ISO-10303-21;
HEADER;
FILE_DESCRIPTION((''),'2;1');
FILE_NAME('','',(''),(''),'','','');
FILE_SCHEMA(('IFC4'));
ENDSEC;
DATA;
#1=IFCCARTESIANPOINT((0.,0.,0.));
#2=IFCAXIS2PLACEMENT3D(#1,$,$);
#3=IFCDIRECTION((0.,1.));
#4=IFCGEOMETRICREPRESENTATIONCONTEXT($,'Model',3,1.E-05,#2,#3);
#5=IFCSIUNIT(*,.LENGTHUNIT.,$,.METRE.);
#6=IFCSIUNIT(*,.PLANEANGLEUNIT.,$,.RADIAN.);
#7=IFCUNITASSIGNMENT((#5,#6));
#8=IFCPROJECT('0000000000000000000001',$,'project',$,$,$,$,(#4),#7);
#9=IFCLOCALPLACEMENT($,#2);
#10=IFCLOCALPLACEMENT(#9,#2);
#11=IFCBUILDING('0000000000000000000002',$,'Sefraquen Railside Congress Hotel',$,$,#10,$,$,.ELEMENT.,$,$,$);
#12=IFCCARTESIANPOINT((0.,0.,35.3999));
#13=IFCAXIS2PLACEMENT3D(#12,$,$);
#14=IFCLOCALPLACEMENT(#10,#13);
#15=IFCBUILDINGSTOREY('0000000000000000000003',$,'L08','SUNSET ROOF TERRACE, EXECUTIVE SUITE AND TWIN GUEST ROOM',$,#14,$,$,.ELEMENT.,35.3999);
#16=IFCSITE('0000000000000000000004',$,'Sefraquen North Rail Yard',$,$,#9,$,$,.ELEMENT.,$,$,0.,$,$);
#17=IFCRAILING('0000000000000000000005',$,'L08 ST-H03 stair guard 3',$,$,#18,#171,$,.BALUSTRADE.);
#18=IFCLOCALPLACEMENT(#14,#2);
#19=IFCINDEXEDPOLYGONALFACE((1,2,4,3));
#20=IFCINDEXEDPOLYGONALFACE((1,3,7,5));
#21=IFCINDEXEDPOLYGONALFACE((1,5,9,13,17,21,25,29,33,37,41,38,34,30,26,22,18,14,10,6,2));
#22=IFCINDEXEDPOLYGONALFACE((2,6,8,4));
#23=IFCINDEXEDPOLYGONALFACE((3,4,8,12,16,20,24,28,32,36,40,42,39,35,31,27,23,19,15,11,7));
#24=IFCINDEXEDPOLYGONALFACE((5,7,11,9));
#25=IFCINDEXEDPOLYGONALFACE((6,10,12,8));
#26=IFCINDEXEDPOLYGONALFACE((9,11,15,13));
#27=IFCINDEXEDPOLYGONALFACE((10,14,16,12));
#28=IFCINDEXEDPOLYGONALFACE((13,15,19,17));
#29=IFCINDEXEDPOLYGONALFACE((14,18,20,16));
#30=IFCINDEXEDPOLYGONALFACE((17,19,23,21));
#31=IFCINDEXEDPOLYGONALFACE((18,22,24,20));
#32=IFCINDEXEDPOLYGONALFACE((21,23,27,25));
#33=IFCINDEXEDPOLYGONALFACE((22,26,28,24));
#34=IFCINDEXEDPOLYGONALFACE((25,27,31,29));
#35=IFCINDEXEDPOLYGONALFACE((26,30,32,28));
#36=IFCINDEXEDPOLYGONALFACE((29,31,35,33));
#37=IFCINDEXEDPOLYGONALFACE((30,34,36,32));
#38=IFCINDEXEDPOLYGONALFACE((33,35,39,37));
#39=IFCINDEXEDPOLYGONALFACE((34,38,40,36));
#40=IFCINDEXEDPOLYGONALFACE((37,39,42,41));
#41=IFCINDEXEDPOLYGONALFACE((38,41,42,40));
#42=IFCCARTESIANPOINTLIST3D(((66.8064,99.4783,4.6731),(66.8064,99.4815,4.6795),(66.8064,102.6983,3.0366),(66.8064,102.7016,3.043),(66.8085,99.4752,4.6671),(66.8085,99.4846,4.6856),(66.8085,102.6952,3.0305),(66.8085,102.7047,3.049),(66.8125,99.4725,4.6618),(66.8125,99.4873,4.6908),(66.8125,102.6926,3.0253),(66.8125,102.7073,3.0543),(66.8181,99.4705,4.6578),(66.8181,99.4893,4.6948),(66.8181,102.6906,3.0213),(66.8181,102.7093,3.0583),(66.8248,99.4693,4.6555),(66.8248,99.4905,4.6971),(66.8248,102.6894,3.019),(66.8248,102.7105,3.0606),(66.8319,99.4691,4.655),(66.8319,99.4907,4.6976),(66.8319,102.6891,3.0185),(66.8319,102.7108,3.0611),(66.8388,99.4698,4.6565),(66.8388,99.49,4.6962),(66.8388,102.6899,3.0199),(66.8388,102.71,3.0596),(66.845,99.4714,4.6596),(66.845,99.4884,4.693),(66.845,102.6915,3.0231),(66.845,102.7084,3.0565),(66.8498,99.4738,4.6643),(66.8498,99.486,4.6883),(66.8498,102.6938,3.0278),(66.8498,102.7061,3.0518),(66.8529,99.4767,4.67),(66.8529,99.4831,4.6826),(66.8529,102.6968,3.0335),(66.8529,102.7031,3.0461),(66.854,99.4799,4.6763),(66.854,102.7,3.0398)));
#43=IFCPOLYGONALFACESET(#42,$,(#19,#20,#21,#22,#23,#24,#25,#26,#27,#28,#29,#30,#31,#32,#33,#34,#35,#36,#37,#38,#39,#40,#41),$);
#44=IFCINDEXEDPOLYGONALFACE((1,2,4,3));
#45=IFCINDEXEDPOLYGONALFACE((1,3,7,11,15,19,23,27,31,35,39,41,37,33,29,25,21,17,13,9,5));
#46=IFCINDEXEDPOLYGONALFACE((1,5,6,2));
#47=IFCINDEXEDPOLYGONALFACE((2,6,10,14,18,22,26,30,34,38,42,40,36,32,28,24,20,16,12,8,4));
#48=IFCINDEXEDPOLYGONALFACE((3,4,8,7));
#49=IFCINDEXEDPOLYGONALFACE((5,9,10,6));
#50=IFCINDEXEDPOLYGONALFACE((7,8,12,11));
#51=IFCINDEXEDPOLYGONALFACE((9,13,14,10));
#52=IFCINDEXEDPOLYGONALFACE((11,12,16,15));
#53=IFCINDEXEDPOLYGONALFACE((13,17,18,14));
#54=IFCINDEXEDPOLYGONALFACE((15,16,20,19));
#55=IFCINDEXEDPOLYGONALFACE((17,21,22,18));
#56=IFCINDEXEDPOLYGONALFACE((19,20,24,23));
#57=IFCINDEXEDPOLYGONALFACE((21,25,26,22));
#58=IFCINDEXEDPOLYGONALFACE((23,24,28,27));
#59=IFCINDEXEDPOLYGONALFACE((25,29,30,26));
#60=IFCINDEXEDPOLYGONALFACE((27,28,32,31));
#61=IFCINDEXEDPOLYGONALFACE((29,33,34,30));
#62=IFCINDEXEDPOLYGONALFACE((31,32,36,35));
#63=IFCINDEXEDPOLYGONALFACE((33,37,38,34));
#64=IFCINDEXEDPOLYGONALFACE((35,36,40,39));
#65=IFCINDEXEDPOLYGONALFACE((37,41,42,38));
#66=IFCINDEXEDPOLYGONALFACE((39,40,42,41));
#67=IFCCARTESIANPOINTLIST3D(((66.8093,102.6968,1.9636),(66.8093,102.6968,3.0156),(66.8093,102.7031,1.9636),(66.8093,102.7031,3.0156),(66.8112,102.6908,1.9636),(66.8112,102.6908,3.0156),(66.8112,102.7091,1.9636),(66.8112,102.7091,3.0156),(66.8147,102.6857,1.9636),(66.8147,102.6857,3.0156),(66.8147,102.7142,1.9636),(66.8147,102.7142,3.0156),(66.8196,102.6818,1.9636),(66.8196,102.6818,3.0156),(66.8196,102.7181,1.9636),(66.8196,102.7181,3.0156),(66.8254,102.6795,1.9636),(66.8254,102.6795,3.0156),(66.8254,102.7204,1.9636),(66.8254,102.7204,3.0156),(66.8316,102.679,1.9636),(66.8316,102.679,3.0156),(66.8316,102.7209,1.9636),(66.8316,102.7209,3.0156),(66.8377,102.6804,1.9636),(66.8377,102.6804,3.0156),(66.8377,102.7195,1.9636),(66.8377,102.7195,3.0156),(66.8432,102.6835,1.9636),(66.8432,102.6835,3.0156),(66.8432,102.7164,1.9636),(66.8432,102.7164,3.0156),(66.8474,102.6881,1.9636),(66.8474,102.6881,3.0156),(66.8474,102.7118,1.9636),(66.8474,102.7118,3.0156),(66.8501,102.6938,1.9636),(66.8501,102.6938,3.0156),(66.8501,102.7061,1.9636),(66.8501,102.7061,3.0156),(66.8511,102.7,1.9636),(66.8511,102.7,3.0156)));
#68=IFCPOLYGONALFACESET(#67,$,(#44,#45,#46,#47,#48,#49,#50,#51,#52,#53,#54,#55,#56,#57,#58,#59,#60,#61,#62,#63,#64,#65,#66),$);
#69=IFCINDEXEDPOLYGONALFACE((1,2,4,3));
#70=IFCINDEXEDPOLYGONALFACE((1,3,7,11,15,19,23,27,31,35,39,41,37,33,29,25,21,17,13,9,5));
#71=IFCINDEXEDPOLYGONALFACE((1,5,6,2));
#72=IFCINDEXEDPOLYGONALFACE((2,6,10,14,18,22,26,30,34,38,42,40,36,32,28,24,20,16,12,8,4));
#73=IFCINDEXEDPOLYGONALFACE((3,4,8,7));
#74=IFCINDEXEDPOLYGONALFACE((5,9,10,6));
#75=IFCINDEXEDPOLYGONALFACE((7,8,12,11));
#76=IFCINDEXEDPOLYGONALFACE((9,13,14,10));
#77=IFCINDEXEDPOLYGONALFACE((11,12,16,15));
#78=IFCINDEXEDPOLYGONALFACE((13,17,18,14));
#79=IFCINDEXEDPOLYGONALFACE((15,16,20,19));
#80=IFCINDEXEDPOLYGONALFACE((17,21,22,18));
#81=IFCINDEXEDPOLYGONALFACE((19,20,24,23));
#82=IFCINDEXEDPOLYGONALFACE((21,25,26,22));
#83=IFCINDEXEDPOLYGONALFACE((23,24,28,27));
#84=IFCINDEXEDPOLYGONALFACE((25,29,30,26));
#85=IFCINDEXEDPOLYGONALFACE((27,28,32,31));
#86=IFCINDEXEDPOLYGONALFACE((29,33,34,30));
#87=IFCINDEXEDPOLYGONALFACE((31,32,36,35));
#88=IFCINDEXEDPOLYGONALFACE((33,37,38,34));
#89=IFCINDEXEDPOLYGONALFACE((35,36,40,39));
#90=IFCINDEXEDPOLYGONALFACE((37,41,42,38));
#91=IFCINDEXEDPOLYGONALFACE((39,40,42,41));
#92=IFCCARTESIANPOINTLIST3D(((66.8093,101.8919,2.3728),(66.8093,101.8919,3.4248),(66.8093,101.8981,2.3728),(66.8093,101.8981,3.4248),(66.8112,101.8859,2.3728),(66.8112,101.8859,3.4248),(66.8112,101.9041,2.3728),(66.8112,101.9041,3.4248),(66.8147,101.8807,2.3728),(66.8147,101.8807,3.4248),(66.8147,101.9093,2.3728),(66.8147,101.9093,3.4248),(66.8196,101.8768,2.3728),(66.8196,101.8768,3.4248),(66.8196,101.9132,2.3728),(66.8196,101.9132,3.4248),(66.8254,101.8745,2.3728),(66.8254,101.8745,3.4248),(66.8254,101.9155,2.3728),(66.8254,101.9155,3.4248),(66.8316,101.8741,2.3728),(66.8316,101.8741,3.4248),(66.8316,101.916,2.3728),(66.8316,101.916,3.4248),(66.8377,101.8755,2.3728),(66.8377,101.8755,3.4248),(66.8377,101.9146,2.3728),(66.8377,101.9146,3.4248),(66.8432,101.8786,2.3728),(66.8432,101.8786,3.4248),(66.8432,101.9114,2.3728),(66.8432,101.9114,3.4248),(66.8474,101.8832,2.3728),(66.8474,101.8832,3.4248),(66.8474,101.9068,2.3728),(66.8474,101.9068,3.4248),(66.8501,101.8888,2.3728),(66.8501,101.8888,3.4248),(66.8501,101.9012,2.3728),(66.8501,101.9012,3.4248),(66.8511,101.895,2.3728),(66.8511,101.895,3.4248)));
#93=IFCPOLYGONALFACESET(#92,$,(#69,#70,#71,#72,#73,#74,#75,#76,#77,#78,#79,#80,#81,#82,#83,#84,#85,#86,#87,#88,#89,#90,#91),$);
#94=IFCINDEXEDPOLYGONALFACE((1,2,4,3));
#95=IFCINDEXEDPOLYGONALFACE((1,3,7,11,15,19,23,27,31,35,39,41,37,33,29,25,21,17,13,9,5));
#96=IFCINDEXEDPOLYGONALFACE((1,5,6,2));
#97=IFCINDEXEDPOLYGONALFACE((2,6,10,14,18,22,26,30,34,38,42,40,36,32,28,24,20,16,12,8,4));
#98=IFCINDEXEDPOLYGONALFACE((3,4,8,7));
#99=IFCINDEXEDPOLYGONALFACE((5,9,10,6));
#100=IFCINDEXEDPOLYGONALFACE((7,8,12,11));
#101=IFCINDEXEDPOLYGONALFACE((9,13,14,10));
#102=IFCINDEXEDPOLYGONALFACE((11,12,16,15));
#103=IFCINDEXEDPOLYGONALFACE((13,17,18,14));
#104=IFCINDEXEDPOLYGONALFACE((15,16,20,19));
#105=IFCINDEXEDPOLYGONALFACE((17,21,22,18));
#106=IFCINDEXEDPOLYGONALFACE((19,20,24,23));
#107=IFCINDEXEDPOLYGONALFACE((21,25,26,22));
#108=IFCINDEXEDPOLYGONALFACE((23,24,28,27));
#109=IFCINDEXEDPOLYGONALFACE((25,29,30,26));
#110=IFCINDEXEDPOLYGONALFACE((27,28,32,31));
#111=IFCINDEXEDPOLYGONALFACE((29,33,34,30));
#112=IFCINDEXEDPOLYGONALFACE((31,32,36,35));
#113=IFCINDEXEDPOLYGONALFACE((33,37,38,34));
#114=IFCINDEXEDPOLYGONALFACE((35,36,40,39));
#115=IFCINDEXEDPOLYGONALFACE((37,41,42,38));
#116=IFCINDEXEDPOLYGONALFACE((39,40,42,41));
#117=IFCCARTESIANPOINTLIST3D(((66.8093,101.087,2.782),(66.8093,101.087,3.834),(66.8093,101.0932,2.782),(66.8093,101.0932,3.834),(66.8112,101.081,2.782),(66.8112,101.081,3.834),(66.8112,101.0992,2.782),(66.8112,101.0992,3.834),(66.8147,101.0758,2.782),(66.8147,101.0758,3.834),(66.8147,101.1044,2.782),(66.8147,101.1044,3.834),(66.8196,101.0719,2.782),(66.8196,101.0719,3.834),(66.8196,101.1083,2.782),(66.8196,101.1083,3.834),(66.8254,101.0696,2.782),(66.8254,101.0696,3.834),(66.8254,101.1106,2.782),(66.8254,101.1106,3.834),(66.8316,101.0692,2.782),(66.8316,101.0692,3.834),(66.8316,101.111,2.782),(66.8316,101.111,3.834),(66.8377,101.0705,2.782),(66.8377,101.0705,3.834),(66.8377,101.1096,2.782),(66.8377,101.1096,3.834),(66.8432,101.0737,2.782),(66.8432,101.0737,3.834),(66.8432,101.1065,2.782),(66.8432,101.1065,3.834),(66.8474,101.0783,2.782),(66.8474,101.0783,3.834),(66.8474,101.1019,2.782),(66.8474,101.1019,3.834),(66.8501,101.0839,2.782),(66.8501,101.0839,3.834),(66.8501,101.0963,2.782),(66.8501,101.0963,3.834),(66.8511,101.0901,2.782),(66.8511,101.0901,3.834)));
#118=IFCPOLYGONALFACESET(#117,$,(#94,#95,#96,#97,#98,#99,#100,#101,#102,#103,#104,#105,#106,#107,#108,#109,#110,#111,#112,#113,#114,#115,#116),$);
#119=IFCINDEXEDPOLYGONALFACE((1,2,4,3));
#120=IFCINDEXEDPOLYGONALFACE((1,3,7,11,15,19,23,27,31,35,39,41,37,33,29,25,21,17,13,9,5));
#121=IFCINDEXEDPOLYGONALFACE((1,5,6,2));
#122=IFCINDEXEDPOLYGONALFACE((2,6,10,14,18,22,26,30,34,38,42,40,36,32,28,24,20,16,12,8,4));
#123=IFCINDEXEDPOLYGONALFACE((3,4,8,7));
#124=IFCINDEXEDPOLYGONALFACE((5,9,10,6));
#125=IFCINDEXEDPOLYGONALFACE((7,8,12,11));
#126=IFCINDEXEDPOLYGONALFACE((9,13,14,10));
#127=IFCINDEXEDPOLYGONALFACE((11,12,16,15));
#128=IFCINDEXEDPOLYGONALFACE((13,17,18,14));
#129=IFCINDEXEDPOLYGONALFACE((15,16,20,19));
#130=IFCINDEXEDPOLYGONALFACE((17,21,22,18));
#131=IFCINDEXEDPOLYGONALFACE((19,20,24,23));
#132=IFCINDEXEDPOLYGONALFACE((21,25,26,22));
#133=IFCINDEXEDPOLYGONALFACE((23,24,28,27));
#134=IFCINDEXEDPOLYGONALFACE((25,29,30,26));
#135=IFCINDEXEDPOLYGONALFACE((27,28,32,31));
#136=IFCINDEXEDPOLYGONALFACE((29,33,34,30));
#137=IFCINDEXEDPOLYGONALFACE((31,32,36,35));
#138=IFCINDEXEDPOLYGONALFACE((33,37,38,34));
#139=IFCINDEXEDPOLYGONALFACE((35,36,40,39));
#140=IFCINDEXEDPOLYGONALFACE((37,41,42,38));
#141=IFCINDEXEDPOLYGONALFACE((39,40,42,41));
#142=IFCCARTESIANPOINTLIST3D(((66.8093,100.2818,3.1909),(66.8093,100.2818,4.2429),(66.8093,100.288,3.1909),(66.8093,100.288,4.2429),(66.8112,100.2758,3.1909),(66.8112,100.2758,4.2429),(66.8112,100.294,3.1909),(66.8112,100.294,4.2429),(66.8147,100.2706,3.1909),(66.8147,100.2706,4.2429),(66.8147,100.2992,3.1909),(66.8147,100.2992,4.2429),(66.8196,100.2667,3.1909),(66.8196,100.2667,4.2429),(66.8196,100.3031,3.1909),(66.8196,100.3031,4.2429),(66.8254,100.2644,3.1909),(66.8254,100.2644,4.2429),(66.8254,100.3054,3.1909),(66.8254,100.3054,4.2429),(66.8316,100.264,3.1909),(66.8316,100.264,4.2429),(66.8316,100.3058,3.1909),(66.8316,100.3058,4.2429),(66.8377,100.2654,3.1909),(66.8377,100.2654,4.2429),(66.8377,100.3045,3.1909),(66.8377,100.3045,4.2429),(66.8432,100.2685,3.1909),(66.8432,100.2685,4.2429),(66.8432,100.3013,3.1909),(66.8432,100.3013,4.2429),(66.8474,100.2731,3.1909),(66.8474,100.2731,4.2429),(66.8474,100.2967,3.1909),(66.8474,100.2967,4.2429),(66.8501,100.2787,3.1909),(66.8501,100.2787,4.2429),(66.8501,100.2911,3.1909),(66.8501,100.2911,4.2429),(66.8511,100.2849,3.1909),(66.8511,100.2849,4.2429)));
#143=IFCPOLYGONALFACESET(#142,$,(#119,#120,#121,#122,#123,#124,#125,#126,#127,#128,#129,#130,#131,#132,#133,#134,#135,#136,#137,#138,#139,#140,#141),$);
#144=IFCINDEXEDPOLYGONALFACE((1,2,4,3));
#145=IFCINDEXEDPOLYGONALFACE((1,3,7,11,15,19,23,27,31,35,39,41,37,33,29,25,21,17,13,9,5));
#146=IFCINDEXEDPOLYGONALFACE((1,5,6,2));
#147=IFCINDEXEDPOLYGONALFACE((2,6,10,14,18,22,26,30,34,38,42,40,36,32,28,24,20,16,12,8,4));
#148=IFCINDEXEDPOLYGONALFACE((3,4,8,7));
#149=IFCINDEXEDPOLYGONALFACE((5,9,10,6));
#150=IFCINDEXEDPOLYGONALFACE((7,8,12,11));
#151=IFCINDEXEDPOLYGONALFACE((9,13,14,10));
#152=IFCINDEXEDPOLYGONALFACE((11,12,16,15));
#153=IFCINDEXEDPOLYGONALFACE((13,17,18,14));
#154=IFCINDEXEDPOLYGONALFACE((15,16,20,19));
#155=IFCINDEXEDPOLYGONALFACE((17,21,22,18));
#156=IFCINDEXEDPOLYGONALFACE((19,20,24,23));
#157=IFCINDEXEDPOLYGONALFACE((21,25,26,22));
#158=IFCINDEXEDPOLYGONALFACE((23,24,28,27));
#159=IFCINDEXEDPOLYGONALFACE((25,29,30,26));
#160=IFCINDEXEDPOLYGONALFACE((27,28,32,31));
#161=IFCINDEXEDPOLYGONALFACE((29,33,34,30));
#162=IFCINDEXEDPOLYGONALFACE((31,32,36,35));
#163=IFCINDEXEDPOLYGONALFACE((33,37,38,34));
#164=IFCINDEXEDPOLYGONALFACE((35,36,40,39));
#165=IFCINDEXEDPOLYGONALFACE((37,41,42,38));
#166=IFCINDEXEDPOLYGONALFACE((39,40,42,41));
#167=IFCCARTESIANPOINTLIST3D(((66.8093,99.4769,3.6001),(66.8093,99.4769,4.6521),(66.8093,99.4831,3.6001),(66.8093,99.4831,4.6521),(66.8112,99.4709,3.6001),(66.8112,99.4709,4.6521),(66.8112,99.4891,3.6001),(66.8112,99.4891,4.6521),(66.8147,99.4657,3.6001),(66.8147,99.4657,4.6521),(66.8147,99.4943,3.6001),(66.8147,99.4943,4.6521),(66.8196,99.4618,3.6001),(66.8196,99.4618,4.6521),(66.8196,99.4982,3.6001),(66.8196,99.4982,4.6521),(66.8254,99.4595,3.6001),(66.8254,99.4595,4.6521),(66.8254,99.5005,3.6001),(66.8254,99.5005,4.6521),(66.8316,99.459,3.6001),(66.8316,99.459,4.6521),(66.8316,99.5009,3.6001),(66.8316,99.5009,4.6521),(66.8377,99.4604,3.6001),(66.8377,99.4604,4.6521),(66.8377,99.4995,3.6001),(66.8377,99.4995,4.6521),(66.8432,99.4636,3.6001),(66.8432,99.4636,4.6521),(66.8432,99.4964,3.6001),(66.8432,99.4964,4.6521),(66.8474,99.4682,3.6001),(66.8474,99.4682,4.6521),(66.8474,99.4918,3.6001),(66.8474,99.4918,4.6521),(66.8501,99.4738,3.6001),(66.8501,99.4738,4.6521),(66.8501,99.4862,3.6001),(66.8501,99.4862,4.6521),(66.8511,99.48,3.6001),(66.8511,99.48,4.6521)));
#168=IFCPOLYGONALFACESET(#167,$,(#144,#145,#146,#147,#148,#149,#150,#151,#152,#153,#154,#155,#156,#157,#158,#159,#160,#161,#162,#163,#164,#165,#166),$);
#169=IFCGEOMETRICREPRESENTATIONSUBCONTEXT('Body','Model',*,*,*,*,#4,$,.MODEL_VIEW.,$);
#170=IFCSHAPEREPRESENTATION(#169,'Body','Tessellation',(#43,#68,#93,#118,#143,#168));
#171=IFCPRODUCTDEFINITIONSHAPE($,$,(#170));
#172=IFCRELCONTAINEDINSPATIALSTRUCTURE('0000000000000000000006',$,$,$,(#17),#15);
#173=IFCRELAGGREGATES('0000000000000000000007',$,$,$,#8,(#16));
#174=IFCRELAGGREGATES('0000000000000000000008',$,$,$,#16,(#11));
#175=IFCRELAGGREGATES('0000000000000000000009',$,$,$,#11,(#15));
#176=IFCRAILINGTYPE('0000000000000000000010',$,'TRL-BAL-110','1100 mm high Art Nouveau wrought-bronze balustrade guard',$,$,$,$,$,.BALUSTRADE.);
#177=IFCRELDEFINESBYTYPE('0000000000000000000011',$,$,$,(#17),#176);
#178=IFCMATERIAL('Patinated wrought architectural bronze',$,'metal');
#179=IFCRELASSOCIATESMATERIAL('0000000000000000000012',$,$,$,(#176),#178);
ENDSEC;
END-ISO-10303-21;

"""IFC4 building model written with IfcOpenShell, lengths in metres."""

from ifc_helpers import new_model, si_unit, direction, frame, origin, origin_2d, place, context, subcontext, project, spatial, circle, extrude, material, type_object, element, save


model = new_model("IFC4")

# Units and contexts
model_context = context("Model", 3, precision=1e-05, world=origin(), true_north=direction((0.0, 1.0)))
body_context = subcontext(model_context, "Body", "Model", "MODEL_VIEW")
ifc_project = project(units=[si_unit("LENGTHUNIT", "METRE"), si_unit("PLANEANGLEUNIT", "RADIAN")], contexts=[model_context])

# Site, building, storey
site_placement = place(None, origin())
site = spatial("IfcSite", under=ifc_project, at=site_placement, Name="Sefraquen North Rail Yard", CompositionType="ELEMENT", RefElevation=0.0)
building_placement = place(site_placement, origin())
building = spatial("IfcBuilding", under=site, at=building_placement, Name="Sefraquen Railside Congress Hotel", CompositionType="ELEMENT")
storey_placement = place(building_placement, frame((0.0, 0.0, 35.3999)))
storey = spatial("IfcBuildingStorey", under=building, at=storey_placement, Name="L08", Description="SUNSET ROOF TERRACE, EXECUTIVE SUITE AND TWIN GUEST ROOM", CompositionType="ELEMENT", Elevation=35.3999)

# Railing
ifc_material_1 = material(Name="Patinated wrought architectural bronze", Category="metal")
railing_type_1 = type_object("IfcRailingType", Name="TRL-BAL-110", Description="1100 mm high Art Nouveau wrought-bronze balustrade guard", PredefinedType="BALUSTRADE", material=ifc_material_1)
railing_1_placement = place(storey_placement, frame((66.8301, 102.7, 1.9636)))
element("IfcRailing", 1, at=railing_1_placement, inside=storey, type_object=railing_type_1, Name="L08 ST-H03 stair guard 3", PredefinedType="BALUSTRADE", context=body_context, shape_type="SweptSolid", body=[
    extrude(circle(Radius=0.0239, at=origin_2d()), frame((0.0, 0.0, 1.0762), z_axis=(0.0, -0.891474, 0.453071), x_axis=(1.0, 0.0, 0.0)), (0.0, 0.0, 1.0), 3.6121),
    extrude(circle(Radius=0.021, at=origin_2d()), origin(), (0.0, 0.0, 1.0), 1.052),
    extrude(circle(Radius=0.021, at=origin_2d()), frame((0.0, -0.8049, 0.4092)), (0.0, 0.0, 1.0), 1.052),
    extrude(circle(Radius=0.021, at=origin_2d()), frame((0.0, -1.6099, 0.8184)), (0.0, 0.0, 1.0), 1.052),
    extrude(circle(Radius=0.021, at=origin_2d()), frame((0.0, -2.415, 1.2273)), (0.0, 0.0, 1.0), 1.052),
    extrude(circle(Radius=0.021, at=origin_2d()), frame((0.0, -3.22, 1.6365)), (0.0, 0.0, 1.0), 1.052),
])

save(model, "model.ifc")
